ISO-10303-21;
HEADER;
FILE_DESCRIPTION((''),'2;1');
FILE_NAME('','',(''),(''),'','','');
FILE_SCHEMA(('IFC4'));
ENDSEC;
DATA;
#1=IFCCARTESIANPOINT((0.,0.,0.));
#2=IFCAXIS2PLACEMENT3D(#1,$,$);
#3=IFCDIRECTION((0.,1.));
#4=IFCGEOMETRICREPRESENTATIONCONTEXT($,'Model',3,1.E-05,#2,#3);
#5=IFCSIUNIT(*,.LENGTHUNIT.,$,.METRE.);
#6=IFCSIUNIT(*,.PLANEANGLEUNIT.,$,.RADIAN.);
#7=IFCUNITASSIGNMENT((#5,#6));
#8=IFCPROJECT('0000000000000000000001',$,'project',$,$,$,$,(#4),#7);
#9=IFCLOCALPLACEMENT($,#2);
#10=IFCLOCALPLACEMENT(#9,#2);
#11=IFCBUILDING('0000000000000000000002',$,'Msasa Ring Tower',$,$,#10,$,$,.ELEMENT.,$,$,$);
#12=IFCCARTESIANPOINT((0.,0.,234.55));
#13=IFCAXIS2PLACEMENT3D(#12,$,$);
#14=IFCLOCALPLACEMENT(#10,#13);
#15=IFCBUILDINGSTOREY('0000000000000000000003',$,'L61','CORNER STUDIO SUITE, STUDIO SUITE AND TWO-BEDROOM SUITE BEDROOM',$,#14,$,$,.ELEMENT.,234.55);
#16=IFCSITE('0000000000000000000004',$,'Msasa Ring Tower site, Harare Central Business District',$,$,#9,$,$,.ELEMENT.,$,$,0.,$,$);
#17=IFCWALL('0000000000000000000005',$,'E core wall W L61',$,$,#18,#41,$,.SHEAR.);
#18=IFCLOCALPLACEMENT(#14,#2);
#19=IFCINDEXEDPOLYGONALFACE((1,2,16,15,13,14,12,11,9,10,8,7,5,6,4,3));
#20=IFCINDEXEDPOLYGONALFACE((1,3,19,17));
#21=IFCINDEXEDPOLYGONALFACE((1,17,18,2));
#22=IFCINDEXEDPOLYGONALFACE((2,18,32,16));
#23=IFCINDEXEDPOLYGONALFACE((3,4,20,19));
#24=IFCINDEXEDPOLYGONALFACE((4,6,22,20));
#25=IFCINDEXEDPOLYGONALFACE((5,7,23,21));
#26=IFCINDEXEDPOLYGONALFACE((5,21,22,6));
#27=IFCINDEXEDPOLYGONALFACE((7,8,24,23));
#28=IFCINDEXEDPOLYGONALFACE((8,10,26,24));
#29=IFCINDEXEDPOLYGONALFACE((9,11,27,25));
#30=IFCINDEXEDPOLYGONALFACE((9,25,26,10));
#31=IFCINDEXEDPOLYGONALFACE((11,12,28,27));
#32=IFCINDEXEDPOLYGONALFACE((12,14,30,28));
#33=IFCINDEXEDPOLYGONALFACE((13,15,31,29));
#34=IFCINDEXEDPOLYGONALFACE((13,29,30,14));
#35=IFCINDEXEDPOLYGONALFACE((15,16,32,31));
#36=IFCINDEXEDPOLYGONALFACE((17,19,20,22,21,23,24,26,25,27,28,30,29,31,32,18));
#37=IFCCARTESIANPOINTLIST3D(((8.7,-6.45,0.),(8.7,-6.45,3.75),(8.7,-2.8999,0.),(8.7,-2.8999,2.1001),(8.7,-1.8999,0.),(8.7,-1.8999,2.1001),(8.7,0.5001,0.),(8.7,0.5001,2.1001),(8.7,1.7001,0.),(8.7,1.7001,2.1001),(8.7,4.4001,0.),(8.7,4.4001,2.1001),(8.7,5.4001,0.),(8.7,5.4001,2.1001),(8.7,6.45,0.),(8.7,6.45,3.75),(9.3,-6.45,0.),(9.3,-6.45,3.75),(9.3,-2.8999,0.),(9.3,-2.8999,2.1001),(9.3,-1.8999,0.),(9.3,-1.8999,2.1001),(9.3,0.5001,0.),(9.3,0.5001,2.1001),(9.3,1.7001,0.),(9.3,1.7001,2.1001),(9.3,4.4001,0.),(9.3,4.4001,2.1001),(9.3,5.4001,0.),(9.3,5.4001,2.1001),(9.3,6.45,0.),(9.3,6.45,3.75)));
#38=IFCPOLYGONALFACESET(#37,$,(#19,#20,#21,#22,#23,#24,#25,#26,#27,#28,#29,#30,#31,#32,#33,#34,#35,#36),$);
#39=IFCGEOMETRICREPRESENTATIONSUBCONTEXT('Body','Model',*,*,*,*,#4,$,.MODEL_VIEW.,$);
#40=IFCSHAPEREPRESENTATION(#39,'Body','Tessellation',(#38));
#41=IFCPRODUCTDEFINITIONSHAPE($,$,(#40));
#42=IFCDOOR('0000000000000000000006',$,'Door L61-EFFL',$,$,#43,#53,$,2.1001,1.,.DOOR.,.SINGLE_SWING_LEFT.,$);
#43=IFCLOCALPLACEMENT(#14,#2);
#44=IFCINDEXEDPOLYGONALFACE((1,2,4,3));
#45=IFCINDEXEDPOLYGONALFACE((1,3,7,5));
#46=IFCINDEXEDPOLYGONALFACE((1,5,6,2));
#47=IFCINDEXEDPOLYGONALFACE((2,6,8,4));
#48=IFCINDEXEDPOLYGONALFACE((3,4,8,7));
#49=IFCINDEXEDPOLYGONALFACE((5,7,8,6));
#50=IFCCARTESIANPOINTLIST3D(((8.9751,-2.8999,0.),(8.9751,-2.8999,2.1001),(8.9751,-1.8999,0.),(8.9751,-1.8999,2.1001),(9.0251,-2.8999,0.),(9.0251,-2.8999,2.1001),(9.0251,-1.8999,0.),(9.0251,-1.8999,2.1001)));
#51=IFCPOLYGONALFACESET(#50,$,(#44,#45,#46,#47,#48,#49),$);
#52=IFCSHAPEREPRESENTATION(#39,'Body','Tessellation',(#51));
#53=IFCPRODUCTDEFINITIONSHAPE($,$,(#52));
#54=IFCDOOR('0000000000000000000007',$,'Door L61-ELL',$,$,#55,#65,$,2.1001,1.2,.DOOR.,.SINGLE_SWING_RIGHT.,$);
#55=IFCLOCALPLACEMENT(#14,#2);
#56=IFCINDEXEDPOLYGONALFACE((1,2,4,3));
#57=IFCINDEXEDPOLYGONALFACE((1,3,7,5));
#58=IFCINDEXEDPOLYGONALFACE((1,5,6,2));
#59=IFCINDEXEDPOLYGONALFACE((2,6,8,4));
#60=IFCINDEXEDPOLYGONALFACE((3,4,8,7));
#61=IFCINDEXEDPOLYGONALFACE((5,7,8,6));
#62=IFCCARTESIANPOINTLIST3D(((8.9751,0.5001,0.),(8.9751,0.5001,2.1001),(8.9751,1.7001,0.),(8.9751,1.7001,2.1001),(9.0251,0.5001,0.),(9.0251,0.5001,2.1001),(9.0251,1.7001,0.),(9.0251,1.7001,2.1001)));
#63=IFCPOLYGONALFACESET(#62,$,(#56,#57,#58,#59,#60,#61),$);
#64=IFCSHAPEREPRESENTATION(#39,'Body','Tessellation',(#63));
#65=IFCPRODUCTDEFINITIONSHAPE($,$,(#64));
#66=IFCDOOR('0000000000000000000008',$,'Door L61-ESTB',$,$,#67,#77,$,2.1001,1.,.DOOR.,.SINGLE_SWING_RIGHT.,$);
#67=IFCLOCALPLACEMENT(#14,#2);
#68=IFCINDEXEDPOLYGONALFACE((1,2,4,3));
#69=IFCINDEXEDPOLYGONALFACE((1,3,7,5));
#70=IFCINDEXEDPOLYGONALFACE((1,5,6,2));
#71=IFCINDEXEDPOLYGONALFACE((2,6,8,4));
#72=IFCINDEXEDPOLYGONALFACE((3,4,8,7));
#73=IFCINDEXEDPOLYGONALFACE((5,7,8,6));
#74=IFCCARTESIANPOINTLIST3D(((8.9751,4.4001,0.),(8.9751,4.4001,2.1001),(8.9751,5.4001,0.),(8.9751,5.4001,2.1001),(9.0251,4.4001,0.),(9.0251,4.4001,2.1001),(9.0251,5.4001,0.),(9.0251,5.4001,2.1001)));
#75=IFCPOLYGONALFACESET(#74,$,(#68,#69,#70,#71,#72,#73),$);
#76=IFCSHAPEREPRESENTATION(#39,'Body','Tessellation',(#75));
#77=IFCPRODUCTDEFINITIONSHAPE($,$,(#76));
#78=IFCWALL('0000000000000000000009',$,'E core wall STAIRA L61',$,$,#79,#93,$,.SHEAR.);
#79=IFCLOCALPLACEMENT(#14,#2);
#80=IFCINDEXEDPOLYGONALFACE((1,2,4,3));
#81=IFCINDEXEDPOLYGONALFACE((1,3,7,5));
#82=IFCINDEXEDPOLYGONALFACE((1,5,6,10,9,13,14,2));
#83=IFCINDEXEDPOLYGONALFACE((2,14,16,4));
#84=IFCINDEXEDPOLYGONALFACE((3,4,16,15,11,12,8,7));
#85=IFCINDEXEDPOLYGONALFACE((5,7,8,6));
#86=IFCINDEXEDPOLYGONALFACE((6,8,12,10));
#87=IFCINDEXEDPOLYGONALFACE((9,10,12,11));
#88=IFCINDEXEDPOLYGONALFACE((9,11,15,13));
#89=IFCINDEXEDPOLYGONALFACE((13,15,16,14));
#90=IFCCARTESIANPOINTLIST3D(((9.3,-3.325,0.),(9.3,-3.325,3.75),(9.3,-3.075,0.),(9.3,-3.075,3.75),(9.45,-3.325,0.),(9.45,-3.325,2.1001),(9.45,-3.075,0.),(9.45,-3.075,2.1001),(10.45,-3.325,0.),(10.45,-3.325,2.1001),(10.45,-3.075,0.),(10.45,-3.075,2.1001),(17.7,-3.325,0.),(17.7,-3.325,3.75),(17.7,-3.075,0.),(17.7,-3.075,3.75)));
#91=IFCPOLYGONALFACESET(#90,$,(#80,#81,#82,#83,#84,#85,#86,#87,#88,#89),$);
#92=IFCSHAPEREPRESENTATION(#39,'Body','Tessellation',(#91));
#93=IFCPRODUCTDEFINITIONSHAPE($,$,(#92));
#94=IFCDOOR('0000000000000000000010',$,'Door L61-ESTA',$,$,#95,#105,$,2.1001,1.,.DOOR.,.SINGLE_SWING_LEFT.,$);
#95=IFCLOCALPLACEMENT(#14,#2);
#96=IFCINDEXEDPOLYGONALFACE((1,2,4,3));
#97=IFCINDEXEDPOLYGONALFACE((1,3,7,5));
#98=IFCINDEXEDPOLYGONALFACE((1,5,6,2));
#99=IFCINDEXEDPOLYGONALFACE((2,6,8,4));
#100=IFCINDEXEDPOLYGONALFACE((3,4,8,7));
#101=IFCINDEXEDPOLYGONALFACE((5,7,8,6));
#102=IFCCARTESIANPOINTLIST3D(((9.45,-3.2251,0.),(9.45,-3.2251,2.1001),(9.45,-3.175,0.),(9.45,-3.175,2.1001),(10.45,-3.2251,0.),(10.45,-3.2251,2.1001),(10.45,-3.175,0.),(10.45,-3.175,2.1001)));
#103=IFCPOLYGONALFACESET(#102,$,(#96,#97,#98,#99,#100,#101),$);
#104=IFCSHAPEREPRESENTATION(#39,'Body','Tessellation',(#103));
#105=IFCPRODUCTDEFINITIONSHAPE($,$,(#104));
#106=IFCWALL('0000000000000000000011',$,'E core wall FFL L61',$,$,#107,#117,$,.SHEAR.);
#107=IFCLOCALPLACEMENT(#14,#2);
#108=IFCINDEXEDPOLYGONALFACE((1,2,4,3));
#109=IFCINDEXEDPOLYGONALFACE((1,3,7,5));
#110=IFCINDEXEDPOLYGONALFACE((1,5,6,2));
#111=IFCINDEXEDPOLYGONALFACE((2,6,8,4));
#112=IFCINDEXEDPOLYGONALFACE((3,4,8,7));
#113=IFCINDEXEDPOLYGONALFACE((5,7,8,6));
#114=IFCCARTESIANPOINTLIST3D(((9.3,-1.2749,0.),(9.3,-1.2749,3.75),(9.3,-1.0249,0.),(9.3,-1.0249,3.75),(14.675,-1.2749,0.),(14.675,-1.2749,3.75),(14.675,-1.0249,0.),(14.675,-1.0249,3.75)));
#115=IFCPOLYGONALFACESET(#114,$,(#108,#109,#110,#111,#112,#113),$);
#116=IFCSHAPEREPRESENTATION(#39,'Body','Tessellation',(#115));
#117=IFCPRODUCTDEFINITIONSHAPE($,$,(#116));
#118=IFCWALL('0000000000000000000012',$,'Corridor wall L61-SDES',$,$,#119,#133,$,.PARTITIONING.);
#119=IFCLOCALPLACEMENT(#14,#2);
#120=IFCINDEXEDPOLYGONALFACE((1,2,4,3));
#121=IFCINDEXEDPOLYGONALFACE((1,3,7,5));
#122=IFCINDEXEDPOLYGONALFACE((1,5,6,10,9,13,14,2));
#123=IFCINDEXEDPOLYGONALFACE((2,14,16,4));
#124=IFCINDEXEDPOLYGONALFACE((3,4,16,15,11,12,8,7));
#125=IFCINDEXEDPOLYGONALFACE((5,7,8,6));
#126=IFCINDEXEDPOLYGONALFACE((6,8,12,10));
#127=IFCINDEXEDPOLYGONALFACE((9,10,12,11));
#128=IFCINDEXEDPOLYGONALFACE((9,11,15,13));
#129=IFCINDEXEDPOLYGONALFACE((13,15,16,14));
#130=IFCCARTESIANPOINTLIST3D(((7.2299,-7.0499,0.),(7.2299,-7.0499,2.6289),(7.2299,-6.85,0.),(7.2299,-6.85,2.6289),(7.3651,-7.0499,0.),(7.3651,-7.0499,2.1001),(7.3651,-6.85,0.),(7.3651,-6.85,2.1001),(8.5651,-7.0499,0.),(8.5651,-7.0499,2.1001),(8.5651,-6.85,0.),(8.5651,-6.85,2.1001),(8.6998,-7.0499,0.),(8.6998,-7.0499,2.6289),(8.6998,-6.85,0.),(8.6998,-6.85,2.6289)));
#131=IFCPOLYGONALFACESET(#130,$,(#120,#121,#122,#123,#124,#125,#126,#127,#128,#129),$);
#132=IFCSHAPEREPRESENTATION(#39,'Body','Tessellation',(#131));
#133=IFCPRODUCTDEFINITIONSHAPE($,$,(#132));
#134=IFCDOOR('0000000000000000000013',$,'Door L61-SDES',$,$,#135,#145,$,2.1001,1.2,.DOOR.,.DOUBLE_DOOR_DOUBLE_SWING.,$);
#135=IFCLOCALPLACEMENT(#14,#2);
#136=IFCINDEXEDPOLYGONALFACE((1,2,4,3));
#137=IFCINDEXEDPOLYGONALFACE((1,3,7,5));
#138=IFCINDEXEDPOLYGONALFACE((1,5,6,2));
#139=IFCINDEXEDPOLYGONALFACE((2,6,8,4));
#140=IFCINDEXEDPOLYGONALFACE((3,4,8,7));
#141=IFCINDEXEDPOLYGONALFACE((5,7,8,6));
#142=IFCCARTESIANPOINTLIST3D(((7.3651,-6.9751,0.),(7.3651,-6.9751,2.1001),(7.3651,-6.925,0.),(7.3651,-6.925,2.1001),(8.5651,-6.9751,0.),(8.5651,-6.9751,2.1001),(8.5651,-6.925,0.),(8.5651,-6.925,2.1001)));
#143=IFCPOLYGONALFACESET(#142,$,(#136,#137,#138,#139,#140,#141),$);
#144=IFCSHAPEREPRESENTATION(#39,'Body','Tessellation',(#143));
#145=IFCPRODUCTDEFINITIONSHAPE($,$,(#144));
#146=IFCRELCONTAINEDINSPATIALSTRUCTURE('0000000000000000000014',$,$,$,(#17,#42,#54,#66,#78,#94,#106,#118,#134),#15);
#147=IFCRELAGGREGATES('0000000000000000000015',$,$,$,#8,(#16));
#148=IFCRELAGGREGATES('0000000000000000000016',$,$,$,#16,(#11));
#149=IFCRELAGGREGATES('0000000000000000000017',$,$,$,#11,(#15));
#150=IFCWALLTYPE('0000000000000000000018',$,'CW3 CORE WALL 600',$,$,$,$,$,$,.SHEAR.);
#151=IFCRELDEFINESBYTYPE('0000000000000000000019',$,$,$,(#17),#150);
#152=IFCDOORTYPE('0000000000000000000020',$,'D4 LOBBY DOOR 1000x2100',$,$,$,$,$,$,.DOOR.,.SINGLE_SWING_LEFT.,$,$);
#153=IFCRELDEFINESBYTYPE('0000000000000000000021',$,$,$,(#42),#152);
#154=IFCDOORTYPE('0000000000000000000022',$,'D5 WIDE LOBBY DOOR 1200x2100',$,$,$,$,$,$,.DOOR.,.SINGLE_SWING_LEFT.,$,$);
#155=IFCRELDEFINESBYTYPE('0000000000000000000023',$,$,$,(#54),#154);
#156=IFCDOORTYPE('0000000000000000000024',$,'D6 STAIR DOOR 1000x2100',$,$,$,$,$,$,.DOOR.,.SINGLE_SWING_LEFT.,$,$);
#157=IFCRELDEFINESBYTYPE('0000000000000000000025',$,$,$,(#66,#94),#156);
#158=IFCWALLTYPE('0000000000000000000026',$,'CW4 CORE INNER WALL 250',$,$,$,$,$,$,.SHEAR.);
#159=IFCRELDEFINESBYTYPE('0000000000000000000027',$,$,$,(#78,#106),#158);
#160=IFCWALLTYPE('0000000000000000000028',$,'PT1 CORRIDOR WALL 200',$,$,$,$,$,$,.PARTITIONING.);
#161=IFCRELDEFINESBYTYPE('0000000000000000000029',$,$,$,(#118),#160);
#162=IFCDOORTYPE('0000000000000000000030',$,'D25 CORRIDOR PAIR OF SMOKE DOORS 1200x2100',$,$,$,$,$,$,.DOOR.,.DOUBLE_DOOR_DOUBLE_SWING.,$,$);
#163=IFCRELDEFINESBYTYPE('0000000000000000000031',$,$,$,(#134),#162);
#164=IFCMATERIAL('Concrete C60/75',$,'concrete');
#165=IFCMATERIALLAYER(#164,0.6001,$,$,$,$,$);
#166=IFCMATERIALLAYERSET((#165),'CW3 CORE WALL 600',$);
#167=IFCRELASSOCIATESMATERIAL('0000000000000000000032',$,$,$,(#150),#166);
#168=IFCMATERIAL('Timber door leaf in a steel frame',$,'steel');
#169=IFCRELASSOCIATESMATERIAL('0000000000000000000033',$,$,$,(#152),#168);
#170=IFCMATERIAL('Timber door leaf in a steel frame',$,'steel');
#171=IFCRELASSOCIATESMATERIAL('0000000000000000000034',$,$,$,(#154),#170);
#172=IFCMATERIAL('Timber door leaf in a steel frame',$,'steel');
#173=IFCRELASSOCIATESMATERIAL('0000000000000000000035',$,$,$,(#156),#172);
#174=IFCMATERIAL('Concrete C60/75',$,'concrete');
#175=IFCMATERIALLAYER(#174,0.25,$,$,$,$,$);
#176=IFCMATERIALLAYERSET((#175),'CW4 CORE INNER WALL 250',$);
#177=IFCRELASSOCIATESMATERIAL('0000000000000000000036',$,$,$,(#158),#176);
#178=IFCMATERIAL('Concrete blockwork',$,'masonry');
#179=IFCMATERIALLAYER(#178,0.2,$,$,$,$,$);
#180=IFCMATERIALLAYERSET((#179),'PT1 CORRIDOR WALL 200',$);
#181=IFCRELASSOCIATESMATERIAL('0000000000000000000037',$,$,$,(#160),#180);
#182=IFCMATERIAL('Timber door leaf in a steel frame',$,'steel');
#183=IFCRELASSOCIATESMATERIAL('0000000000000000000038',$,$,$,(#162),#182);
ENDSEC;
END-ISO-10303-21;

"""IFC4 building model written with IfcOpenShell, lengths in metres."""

from ifc_helpers import new_model, si_unit, direction, frame, frame_2d, origin, place, context, subcontext, project, spatial, rectangle, extrude, material, layer, layer_set, type_object, element, fill, save


model = new_model("IFC4")

# Units and contexts
model_context = context("Model", 3, precision=1e-05, world=origin(), true_north=direction((0.0, 1.0)))
body_context = subcontext(model_context, "Body", "Model", "MODEL_VIEW")
ifc_project = project(units=[si_unit("LENGTHUNIT", "METRE"), si_unit("PLANEANGLEUNIT", "RADIAN")], contexts=[model_context])

# Site, building, storey
site_placement = place(None, origin())
site = spatial("IfcSite", under=ifc_project, at=site_placement, Name="Msasa Ring Tower site, Harare Central Business District", CompositionType="ELEMENT", RefElevation=0.0)
building_placement = place(site_placement, origin())
building = spatial("IfcBuilding", under=site, at=building_placement, Name="Msasa Ring Tower", CompositionType="ELEMENT")
storey_placement = place(building_placement, frame((0.0, 0.0, 234.55)))
storey = spatial("IfcBuildingStorey", under=building, at=storey_placement, Name="L61", Description="CORNER STUDIO SUITE, STUDIO SUITE AND TWO-BEDROOM SUITE BEDROOM", CompositionType="ELEMENT", Elevation=234.55)

# Shared definitions
ifc_material_1 = material(Name="Concrete C60/75", Category="concrete")
ifc_layer_1 = layer(ifc_material_1, 0.6001)
ifc_layer_set_1 = layer_set([ifc_layer_1], Name="CW3 CORE WALL 600")
wall_type_1 = type_object("IfcWallType", Name="CW3 CORE WALL 600", PredefinedType="SHEAR", material=ifc_layer_set_1)

# Wall, openings, doors
wall_1_placement = place(storey_placement, frame((9.0, -6.45, 0.0), z_axis=(0.0, 0.0, 1.0), x_axis=(0.0, 1.0, 0.0)))
wall_1 = element("IfcWall", 1, at=wall_1_placement, inside=storey, type_object=wall_type_1, Name="E core wall W L61", PredefinedType="SHEAR", context=body_context, shape_type="SweptSolid", body=[
    extrude(rectangle(XDim=12.8999, YDim=0.6001, at=frame_2d((6.45, 0.0))), origin(), (0.0, 0.0, 1.0), 3.75),
])
opening_1_placement = place(wall_1_placement, frame((3.55, 0.0, 0.0)))
opening_1 = element("IfcOpeningElement", 2, at=opening_1_placement, cuts=wall_1, PredefinedType="OPENING", context=body_context, shape_type="SweptSolid", body=[
    extrude(rectangle(XDim=1.0, YDim=2.1001, at=frame_2d((0.5, 1.05))), frame((0.0, 0.3101, 0.0), z_axis=(0.0, -1.0, 0.0), x_axis=(1.0, 0.0, 0.0)), (0.0, 0.0, 1.0), 0.6201),
])
opening_2_placement = place(wall_1_placement, frame((6.95, 0.0, 0.0)))
opening_2 = element("IfcOpeningElement", 3, at=opening_2_placement, cuts=wall_1, PredefinedType="OPENING", context=body_context, shape_type="SweptSolid", body=[
    extrude(rectangle(XDim=1.2, YDim=2.1001, at=frame_2d((0.6001, 1.05))), frame((0.0, 0.3101, 0.0), z_axis=(0.0, -1.0, 0.0), x_axis=(1.0, 0.0, 0.0)), (0.0, 0.0, 1.0), 0.6201),
])
opening_3_placement = place(wall_1_placement, frame((10.8501, 0.0, 0.0)))
opening_3 = element("IfcOpeningElement", 4, at=opening_3_placement, cuts=wall_1, PredefinedType="OPENING", context=body_context, shape_type="SweptSolid", body=[
    extrude(rectangle(XDim=1.0, YDim=2.1001, at=frame_2d((0.5, 1.05))), frame((0.0, 0.3101, 0.0), z_axis=(0.0, -1.0, 0.0), x_axis=(1.0, 0.0, 0.0)), (0.0, 0.0, 1.0), 0.6201),
])
ifc_material_2 = material(Name="Timber door leaf in a steel frame", Category="steel")
door_type_1 = type_object("IfcDoorType", Name="D4 LOBBY DOOR 1000x2100", OperationType="SINGLE_SWING_LEFT", PredefinedType="DOOR", material=ifc_material_2)
door_1_placement = place(opening_1_placement, origin())
door_1 = element("IfcDoor", 5, at=door_1_placement, inside=storey, type_object=door_type_1, Name="Door L61-EFFL", OperationType="SINGLE_SWING_LEFT", OverallHeight=2.1001, OverallWidth=1.0, PredefinedType="DOOR", context=body_context, shape_type="SweptSolid", body=[
    extrude(rectangle(XDim=1.0, YDim=2.1001, at=frame_2d((0.5, 1.05))), frame((0.0, 0.0249, 0.0), z_axis=(0.0, -1.0, 0.0), x_axis=(1.0, 0.0, 0.0)), (0.0, 0.0, 1.0), 0.05),
])
fill(opening_1, door_1)
ifc_material_3 = material(Name="Timber door leaf in a steel frame", Category="steel")
door_type_2 = type_object("IfcDoorType", Name="D5 WIDE LOBBY DOOR 1200x2100", OperationType="SINGLE_SWING_LEFT", PredefinedType="DOOR", material=ifc_material_3)
door_2_placement = place(opening_2_placement, origin())
door_2 = element("IfcDoor", 6, at=door_2_placement, inside=storey, type_object=door_type_2, Name="Door L61-ELL", OperationType="SINGLE_SWING_RIGHT", OverallHeight=2.1001, OverallWidth=1.2, PredefinedType="DOOR", context=body_context, shape_type="SweptSolid", body=[
    extrude(rectangle(XDim=1.2, YDim=2.1001, at=frame_2d((0.6001, 1.05))), frame((0.0, 0.0249, 0.0), z_axis=(0.0, -1.0, 0.0), x_axis=(1.0, 0.0, 0.0)), (0.0, 0.0, 1.0), 0.05),
])
fill(opening_2, door_2)
ifc_material_4 = material(Name="Timber door leaf in a steel frame", Category="steel")
door_type_3 = type_object("IfcDoorType", Name="D6 STAIR DOOR 1000x2100", OperationType="SINGLE_SWING_LEFT", PredefinedType="DOOR", material=ifc_material_4)
door_3_placement = place(opening_3_placement, origin())
door_3 = element("IfcDoor", 7, at=door_3_placement, inside=storey, type_object=door_type_3, Name="Door L61-ESTB", OperationType="SINGLE_SWING_RIGHT", OverallHeight=2.1001, OverallWidth=1.0, PredefinedType="DOOR", context=body_context, shape_type="SweptSolid", body=[
    extrude(rectangle(XDim=1.0, YDim=2.1001, at=frame_2d((0.5, 1.05))), frame((0.0, 0.0249, 0.0), z_axis=(0.0, -1.0, 0.0), x_axis=(1.0, 0.0, 0.0)), (0.0, 0.0, 1.0), 0.05),
])
fill(opening_3, door_3)

# Wall, opening, door
ifc_material_5 = material(Name="Concrete C60/75", Category="concrete")
ifc_layer_2 = layer(ifc_material_5, 0.25)
ifc_layer_set_2 = layer_set([ifc_layer_2], Name="CW4 CORE INNER WALL 250")
wall_type_2 = type_object("IfcWallType", Name="CW4 CORE INNER WALL 250", PredefinedType="SHEAR", material=ifc_layer_set_2)
wall_2_placement = place(storey_placement, frame((9.3, -3.2, 0.0), z_axis=(0.0, 0.0, 1.0), x_axis=(1.0, 0.0, 0.0)))
wall_2 = element("IfcWall", 8, at=wall_2_placement, inside=storey, type_object=wall_type_2, Name="E core wall STAIRA L61", PredefinedType="SHEAR", context=body_context, shape_type="SweptSolid", body=[
    extrude(rectangle(XDim=8.3999, YDim=0.25, at=frame_2d((4.2, 0.0))), origin(), (0.0, 0.0, 1.0), 3.75),
])
opening_4_placement = place(wall_2_placement, frame((0.1499, 0.0, 0.0)))
opening_4 = element("IfcOpeningElement", 9, at=opening_4_placement, cuts=wall_2, PredefinedType="OPENING", context=body_context, shape_type="SweptSolid", body=[
    extrude(rectangle(XDim=1.0, YDim=2.1001, at=frame_2d((0.5, 1.05))), frame((0.0, 0.135, 0.0), z_axis=(0.0, -1.0, 0.0), x_axis=(1.0, 0.0, 0.0)), (0.0, 0.0, 1.0), 0.27),
])
door_4_placement = place(opening_4_placement, origin())
door_4 = element("IfcDoor", 10, at=door_4_placement, inside=storey, type_object=door_type_3, Name="Door L61-ESTA", OperationType="SINGLE_SWING_LEFT", OverallHeight=2.1001, OverallWidth=1.0, PredefinedType="DOOR", context=body_context, shape_type="SweptSolid", body=[
    extrude(rectangle(XDim=1.0, YDim=2.1001, at=frame_2d((0.5, 1.05))), frame((0.0, 0.0249, 0.0), z_axis=(0.0, -1.0, 0.0), x_axis=(1.0, 0.0, 0.0)), (0.0, 0.0, 1.0), 0.05),
])
fill(opening_4, door_4)

# Wall
wall_3_placement = place(storey_placement, frame((9.3, -1.1499, 0.0), z_axis=(0.0, 0.0, 1.0), x_axis=(1.0, 0.0, 0.0)))
element("IfcWall", 11, at=wall_3_placement, inside=storey, type_object=wall_type_2, Name="E core wall FFL L61", PredefinedType="SHEAR", context=body_context, shape_type="SweptSolid", body=[
    extrude(rectangle(XDim=5.375, YDim=0.25, at=frame_2d((2.6875, 0.0))), origin(), (0.0, 0.0, 1.0), 3.75),
])

# Wall, opening, door
ifc_material_6 = material(Name="Concrete blockwork", Category="masonry")
ifc_layer_3 = layer(ifc_material_6, 0.2)
ifc_layer_set_3 = layer_set([ifc_layer_3], Name="PT1 CORRIDOR WALL 200")
wall_type_3 = type_object("IfcWallType", Name="PT1 CORRIDOR WALL 200", PredefinedType="PARTITIONING", material=ifc_layer_set_3)
wall_4_placement = place(storey_placement, frame((7.23, -6.95, 0.0), z_axis=(0.0, 0.0, 1.0), x_axis=(1.0, 0.0, 0.0)))
wall_4 = element("IfcWall", 12, at=wall_4_placement, inside=storey, type_object=wall_type_3, Name="Corridor wall L61-SDES", PredefinedType="PARTITIONING", context=body_context, shape_type="SweptSolid", body=[
    extrude(rectangle(XDim=1.47, YDim=0.2, at=frame_2d((0.7349, 0.0))), origin(), (0.0, 0.0, 1.0), 2.6289),
])
opening_5_placement = place(wall_4_placement, frame((0.135, 0.0, 0.0)))
opening_5 = element("IfcOpeningElement", 13, at=opening_5_placement, cuts=wall_4, PredefinedType="OPENING", context=body_context, shape_type="SweptSolid", body=[
    extrude(rectangle(XDim=1.2, YDim=2.1001, at=frame_2d((0.6001, 1.05))), frame((0.0, 0.1099, 0.0), z_axis=(0.0, -1.0, 0.0), x_axis=(1.0, 0.0, 0.0)), (0.0, 0.0, 1.0), 0.22),
])
ifc_material_7 = material(Name="Timber door leaf in a steel frame", Category="steel")
door_type_4 = type_object("IfcDoorType", Name="D25 CORRIDOR PAIR OF SMOKE DOORS 1200x2100", OperationType="DOUBLE_DOOR_DOUBLE_SWING", PredefinedType="DOOR", material=ifc_material_7)
door_5_placement = place(opening_5_placement, origin())
door_5 = element("IfcDoor", 14, at=door_5_placement, inside=storey, type_object=door_type_4, Name="Door L61-SDES", OperationType="DOUBLE_DOOR_DOUBLE_SWING", OverallHeight=2.1001, OverallWidth=1.2, PredefinedType="DOOR", context=body_context, shape_type="SweptSolid", body=[
    extrude(rectangle(XDim=1.2, YDim=2.1001, at=frame_2d((0.6001, 1.05))), frame((0.0, 0.0249, 0.0), z_axis=(0.0, -1.0, 0.0), x_axis=(1.0, 0.0, 0.0)), (0.0, 0.0, 1.0), 0.05),
])
fill(opening_5, door_5)

save(model, "model.ifc")
